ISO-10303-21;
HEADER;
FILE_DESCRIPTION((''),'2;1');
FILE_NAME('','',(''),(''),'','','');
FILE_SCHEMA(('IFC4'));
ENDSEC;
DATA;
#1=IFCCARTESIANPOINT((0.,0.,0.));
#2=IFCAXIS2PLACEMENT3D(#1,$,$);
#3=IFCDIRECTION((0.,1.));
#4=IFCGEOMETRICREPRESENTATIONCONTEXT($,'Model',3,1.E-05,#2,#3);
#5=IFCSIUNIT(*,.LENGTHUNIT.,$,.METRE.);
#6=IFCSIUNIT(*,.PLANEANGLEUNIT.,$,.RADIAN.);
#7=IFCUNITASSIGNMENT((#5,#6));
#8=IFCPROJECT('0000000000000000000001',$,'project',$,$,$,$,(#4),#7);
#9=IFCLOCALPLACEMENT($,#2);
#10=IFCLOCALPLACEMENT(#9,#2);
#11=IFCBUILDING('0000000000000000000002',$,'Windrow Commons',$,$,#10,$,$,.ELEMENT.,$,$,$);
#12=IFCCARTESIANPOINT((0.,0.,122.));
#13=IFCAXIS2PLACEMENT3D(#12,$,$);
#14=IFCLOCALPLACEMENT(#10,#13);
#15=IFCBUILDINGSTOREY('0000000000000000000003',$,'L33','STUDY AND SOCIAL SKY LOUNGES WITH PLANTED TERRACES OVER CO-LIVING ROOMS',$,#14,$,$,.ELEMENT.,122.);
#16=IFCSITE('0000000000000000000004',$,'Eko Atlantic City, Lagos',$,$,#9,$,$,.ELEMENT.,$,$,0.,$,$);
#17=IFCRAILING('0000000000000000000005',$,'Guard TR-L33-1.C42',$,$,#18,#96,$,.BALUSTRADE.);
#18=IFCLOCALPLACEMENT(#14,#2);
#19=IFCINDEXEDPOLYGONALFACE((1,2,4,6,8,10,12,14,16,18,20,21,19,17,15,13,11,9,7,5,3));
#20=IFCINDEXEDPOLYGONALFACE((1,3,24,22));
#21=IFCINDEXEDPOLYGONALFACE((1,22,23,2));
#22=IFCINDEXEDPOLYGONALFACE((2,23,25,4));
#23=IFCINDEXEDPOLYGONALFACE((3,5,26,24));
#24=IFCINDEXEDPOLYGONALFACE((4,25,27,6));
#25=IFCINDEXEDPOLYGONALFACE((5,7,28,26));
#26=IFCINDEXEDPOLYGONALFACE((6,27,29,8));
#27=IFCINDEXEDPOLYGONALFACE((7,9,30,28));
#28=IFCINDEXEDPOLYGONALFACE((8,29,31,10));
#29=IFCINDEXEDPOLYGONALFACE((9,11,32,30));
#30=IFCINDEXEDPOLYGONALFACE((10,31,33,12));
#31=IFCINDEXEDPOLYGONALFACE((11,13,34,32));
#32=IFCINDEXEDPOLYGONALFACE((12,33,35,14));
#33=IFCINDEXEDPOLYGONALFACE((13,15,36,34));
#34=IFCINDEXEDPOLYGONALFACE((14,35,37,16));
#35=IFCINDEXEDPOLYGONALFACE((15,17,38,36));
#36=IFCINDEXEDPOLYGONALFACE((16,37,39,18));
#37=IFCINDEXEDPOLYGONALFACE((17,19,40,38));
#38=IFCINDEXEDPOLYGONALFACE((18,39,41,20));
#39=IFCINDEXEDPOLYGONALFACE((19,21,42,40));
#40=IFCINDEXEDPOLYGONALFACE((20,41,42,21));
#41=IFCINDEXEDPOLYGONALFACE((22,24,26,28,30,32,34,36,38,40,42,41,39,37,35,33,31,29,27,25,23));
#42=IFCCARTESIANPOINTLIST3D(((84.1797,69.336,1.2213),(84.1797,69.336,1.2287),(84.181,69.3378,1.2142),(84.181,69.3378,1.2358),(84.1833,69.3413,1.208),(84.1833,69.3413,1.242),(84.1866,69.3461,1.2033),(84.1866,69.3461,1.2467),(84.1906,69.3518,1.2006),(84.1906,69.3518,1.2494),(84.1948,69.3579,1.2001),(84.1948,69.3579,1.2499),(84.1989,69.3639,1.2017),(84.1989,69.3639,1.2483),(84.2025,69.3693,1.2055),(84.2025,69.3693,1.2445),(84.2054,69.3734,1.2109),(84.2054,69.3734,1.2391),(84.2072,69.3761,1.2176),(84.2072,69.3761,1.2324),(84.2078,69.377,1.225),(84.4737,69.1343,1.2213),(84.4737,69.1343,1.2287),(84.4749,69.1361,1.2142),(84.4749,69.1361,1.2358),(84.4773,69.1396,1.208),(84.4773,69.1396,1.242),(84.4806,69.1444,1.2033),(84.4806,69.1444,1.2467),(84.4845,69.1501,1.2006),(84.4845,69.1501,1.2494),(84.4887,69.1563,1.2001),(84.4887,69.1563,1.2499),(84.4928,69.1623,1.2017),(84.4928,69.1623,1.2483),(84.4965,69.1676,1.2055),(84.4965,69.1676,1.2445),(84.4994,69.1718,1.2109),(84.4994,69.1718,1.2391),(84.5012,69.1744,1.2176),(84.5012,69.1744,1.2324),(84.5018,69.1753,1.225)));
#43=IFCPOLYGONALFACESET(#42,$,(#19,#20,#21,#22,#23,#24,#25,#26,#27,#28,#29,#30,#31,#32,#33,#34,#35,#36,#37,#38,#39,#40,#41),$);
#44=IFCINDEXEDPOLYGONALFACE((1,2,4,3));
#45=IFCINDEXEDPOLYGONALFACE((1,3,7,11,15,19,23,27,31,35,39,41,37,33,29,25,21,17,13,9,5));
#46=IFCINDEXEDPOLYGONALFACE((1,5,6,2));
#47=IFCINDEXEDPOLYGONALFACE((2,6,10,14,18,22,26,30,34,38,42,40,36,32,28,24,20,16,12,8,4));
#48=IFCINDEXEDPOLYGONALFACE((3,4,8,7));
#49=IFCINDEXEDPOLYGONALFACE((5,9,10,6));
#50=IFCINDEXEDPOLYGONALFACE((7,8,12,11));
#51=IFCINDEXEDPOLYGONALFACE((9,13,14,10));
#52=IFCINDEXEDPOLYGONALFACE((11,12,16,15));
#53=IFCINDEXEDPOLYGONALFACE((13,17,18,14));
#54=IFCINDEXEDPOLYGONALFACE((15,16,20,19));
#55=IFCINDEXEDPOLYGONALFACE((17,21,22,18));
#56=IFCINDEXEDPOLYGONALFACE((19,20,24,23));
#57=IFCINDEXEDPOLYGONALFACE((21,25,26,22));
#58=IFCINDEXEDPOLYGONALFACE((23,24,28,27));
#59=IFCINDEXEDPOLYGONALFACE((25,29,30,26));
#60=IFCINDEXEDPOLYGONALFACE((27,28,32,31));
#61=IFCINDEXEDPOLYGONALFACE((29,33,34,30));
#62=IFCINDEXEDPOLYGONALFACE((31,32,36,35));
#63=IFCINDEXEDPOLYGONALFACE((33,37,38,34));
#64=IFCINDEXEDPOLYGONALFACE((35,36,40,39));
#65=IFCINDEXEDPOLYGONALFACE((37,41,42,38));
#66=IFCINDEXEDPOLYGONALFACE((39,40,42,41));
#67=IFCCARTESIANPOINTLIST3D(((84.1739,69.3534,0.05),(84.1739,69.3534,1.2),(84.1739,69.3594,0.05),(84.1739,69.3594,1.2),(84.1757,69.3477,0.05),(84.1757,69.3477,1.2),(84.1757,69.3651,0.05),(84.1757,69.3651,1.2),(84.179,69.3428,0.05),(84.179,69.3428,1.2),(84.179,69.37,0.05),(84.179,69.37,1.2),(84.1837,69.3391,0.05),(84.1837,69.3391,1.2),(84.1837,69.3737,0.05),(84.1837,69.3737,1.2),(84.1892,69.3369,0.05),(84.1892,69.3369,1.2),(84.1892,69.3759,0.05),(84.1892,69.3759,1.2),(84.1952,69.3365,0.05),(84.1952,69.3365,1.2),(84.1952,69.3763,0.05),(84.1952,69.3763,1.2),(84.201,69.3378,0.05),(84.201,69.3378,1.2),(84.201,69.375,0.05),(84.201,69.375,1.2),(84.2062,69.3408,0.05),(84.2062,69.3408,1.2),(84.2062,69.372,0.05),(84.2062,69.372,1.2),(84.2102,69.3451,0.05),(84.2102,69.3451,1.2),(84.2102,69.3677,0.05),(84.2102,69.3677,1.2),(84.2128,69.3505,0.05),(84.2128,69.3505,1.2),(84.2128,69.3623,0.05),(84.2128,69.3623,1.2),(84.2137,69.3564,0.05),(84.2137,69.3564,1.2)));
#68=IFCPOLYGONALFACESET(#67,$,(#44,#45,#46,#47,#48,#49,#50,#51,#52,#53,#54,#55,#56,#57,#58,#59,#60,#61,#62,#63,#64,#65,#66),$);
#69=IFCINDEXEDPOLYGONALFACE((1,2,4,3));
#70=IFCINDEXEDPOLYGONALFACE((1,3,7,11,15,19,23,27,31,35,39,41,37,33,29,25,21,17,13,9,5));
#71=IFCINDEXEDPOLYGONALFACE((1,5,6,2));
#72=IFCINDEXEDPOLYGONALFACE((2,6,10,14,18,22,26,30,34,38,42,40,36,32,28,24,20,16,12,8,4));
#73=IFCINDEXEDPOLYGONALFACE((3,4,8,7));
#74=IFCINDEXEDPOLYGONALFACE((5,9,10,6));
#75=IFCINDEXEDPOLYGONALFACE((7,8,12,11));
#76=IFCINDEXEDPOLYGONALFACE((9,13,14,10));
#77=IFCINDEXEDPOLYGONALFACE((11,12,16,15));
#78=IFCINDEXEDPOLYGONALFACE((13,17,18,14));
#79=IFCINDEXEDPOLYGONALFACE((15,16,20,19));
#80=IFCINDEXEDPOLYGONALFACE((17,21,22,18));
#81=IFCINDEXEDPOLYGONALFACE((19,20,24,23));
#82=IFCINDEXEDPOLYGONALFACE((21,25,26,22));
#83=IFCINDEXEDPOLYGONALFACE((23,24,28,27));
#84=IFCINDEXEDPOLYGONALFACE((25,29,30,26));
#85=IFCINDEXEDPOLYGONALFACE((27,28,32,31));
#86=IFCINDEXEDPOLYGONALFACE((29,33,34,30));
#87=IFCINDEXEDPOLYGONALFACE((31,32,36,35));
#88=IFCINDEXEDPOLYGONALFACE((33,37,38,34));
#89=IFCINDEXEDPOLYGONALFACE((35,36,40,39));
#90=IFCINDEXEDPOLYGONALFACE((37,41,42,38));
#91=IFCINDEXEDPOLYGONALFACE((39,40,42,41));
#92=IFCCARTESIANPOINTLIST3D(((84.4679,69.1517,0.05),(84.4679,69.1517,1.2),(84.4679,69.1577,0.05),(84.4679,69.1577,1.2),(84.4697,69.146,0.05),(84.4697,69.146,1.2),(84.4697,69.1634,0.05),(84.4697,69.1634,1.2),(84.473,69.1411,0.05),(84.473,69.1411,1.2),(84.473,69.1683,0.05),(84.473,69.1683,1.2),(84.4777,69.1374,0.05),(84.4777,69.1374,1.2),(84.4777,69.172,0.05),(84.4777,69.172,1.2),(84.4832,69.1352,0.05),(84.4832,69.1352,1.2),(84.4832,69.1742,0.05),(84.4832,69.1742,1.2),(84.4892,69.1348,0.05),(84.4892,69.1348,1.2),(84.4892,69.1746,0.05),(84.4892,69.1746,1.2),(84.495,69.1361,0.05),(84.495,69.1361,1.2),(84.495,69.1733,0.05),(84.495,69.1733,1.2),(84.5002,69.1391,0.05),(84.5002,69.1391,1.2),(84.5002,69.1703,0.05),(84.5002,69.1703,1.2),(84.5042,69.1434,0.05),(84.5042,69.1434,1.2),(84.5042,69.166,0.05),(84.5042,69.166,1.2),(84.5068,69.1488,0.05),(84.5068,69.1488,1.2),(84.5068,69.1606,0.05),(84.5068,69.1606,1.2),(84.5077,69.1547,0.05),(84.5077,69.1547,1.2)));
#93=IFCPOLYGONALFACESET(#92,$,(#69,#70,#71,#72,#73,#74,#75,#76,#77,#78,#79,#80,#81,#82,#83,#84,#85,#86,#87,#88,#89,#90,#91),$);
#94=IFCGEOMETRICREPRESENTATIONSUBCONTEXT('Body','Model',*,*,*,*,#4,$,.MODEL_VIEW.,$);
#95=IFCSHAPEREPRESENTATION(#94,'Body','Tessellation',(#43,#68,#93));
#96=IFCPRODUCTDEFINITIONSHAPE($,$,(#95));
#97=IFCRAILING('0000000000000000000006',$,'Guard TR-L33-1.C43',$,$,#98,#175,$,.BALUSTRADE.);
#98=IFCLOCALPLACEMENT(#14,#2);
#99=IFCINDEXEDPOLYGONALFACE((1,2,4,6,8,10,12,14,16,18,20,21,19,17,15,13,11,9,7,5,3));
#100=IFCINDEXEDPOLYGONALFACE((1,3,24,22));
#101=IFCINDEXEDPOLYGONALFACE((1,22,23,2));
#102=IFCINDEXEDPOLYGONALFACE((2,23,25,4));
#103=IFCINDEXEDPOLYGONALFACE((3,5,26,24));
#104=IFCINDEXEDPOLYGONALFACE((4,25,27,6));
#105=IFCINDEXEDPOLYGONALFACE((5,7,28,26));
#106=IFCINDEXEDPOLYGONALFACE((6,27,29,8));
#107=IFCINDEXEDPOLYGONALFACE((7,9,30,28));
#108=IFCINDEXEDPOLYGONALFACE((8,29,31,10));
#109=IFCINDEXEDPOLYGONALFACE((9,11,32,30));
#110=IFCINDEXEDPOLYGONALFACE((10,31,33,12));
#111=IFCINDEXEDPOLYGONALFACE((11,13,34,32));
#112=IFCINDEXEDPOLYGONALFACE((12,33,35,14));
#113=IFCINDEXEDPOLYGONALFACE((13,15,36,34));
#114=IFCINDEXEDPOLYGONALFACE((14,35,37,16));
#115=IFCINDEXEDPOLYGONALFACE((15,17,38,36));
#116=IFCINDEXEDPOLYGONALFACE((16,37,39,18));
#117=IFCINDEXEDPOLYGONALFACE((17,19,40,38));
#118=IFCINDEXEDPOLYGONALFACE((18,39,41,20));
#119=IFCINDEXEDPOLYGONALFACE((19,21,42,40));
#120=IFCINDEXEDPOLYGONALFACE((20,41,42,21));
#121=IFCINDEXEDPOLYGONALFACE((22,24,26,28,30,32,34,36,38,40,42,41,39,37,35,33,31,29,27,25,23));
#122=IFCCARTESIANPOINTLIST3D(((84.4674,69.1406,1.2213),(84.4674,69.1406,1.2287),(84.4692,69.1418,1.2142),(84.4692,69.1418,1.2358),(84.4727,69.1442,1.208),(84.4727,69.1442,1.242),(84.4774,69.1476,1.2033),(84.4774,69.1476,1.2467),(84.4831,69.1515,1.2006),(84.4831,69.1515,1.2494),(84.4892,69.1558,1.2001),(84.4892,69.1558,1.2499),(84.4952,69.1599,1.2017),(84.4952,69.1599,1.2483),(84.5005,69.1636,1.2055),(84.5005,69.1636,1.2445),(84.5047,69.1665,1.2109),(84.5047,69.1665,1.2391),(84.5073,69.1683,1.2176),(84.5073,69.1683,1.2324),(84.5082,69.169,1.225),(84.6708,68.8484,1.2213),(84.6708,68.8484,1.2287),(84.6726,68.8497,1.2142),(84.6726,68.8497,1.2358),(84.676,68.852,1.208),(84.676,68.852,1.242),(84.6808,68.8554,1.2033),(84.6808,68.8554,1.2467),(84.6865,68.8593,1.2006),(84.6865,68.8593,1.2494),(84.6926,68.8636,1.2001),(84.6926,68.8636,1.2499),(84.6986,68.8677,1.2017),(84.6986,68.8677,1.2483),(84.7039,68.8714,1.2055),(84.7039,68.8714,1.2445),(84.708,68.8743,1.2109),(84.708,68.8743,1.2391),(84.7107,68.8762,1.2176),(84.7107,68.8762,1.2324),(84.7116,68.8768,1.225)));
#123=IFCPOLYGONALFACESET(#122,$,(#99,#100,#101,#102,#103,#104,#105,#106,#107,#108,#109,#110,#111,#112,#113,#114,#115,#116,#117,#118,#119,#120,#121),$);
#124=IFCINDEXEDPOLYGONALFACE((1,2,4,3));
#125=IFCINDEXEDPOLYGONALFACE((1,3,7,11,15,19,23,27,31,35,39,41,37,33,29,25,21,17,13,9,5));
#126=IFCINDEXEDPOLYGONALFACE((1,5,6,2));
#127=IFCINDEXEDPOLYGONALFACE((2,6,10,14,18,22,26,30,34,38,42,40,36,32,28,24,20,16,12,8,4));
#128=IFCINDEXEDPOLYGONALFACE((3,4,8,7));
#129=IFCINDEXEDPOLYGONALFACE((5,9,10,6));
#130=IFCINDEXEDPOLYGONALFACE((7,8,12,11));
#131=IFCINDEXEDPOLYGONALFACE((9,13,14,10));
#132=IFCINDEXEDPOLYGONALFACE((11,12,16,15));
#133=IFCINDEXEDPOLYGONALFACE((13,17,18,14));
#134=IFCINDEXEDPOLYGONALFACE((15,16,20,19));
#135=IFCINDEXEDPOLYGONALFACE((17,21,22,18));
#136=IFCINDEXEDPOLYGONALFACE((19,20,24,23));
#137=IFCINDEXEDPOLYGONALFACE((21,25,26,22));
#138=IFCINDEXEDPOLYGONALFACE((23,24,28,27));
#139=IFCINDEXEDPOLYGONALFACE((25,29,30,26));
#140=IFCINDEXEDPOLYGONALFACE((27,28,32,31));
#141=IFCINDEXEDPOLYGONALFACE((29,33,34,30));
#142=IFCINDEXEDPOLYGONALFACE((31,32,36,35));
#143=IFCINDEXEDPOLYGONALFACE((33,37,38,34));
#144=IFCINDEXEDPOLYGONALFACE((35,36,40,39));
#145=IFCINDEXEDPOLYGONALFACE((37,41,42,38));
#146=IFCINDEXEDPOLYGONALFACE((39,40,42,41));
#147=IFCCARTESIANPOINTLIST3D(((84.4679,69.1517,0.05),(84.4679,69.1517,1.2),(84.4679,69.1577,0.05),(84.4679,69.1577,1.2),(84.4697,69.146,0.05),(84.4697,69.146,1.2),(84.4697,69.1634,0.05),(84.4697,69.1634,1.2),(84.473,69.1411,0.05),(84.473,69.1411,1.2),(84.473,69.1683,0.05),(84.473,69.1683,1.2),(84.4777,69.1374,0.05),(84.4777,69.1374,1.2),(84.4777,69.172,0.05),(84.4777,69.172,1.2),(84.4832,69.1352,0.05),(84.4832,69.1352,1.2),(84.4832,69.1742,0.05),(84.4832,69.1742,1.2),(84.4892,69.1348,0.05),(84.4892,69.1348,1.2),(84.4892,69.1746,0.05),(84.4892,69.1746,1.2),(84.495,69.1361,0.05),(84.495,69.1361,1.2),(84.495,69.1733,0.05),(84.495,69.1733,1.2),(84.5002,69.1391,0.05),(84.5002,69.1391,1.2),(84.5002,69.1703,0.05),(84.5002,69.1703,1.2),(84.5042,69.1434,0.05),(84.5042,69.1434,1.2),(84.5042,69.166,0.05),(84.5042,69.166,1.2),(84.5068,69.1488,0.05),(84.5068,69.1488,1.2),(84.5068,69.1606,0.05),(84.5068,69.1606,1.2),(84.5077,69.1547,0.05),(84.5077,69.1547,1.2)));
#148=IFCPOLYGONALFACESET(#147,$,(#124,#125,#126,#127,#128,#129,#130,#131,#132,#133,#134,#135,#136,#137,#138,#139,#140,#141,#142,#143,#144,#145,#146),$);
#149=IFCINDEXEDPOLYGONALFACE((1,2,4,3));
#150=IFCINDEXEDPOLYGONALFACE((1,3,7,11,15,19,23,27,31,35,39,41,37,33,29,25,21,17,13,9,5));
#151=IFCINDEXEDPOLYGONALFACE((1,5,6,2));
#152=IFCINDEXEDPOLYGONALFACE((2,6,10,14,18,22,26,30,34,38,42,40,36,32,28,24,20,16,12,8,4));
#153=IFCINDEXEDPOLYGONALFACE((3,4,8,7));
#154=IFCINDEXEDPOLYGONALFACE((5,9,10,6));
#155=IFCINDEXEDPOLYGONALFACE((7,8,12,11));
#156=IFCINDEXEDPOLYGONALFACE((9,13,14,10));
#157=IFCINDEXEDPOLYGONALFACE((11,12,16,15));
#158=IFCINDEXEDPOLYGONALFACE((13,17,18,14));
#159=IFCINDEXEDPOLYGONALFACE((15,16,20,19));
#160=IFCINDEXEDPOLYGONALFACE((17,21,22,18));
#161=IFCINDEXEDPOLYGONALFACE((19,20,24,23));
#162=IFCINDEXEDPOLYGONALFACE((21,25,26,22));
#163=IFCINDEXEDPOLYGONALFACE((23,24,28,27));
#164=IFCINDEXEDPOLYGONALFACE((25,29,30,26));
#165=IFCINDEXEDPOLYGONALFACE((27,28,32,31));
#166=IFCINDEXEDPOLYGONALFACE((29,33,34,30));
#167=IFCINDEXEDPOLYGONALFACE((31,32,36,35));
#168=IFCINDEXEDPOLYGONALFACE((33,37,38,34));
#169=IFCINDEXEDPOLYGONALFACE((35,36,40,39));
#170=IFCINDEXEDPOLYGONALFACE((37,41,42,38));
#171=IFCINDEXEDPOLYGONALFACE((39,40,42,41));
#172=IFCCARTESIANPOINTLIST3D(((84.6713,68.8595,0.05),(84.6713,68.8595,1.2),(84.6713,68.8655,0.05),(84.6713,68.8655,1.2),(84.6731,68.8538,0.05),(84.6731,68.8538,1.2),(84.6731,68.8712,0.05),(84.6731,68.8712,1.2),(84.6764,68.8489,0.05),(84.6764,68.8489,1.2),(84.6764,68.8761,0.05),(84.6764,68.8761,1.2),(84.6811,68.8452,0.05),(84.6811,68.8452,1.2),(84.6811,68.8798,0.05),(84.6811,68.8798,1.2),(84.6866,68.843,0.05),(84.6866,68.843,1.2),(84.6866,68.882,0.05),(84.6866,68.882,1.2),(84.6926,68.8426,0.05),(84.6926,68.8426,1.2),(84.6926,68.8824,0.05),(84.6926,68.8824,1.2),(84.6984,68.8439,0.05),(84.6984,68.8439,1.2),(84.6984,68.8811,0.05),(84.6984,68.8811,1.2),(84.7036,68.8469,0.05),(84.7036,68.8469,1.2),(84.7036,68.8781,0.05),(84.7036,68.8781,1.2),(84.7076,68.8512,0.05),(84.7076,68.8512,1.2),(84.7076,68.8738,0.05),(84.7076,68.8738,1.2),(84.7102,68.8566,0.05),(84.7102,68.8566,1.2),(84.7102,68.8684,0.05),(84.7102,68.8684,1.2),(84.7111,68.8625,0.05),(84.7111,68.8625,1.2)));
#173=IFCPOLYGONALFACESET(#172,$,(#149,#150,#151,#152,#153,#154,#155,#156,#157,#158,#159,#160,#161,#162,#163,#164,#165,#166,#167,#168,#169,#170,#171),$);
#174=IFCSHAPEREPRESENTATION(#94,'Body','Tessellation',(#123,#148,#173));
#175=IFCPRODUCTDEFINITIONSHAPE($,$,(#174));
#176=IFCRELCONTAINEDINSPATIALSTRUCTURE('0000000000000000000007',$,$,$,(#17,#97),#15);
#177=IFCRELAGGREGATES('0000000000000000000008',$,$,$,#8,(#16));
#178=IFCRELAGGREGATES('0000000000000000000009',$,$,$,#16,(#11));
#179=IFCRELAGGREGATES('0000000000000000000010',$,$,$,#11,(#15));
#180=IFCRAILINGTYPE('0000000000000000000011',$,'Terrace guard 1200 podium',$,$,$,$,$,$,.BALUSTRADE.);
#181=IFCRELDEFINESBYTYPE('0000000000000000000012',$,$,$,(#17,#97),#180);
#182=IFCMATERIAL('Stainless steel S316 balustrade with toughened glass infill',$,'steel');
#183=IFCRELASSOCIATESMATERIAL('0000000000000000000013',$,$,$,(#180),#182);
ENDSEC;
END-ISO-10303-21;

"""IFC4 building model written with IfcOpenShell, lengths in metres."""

from ifc_helpers import new_model, si_unit, direction, frame, origin, origin_2d, place, context, subcontext, project, spatial, circle, extrude, material, type_object, element, save


model = new_model("IFC4")

# Units and contexts
model_context = context("Model", 3, precision=1e-05, world=origin(), true_north=direction((0.0, 1.0)))
body_context = subcontext(model_context, "Body", "Model", "MODEL_VIEW")
ifc_project = project(units=[si_unit("LENGTHUNIT", "METRE"), si_unit("PLANEANGLEUNIT", "RADIAN")], contexts=[model_context])

# Site, building, storey
site_placement = place(None, origin())
site = spatial("IfcSite", under=ifc_project, at=site_placement, Name="Eko Atlantic City, Lagos", CompositionType="ELEMENT", RefElevation=0.0)
building_placement = place(site_placement, origin())
building = spatial("IfcBuilding", under=site, at=building_placement, Name="Windrow Commons", CompositionType="ELEMENT")
storey_placement = place(building_placement, frame((0.0, 0.0, 122.0)))
storey = spatial("IfcBuildingStorey", under=building, at=storey_placement, Name="L33", Description="STUDY AND SOCIAL SKY LOUNGES WITH PLANTED TERRACES OVER CO-LIVING ROOMS", CompositionType="ELEMENT", Elevation=122.0)

# Railings
ifc_material_1 = material(Name="Stainless steel S316 balustrade with toughened glass infill", Category="steel")
railing_type_1 = type_object("IfcRailingType", Name="Terrace guard 1200 podium", PredefinedType="BALUSTRADE", material=ifc_material_1)
railing_1_placement = place(storey_placement, frame((84.1937, 69.3564, 0.05)))
element("IfcRailing", 1, at=railing_1_placement, inside=storey, type_object=railing_type_1, Name="Guard TR-L33-1.C42", PredefinedType="BALUSTRADE", context=body_context, shape_type="SweptSolid", body=[
    extrude(circle(Radius=0.025, at=origin_2d()), frame((0.0, 0.0, 1.175), z_axis=(0.824598, -0.565719, 0.0), x_axis=(0.565719, 0.824598, 0.0)), (0.0, 0.0, 1.0), 0.3565),
    extrude(circle(Radius=0.02, at=origin_2d()), origin(), (0.0, 0.0, 1.0), 1.15),
    extrude(circle(Radius=0.02, at=origin_2d()), frame((0.294, -0.2017, 0.0)), (0.0, 0.0, 1.0), 1.15),
])
railing_2_placement = place(storey_placement, frame((84.4877, 69.1547, 0.05)))
element("IfcRailing", 2, at=railing_2_placement, inside=storey, type_object=railing_type_1, Name="Guard TR-L33-1.C43", PredefinedType="BALUSTRADE", context=body_context, shape_type="SweptSolid", body=[
    extrude(circle(Radius=0.025, at=origin_2d()), frame((0.0, 0.0, 1.175), z_axis=(0.571311, -0.820733, 0.0), x_axis=(0.820733, 0.571311, 0.0)), (0.0, 0.0, 1.0), 0.356),
    extrude(circle(Radius=0.02, at=origin_2d()), origin(), (0.0, 0.0, 1.0), 1.15),
    extrude(circle(Radius=0.02, at=origin_2d()), frame((0.2034, -0.2922, 0.0)), (0.0, 0.0, 1.0), 1.15),
])

save(model, "model.ifc")
